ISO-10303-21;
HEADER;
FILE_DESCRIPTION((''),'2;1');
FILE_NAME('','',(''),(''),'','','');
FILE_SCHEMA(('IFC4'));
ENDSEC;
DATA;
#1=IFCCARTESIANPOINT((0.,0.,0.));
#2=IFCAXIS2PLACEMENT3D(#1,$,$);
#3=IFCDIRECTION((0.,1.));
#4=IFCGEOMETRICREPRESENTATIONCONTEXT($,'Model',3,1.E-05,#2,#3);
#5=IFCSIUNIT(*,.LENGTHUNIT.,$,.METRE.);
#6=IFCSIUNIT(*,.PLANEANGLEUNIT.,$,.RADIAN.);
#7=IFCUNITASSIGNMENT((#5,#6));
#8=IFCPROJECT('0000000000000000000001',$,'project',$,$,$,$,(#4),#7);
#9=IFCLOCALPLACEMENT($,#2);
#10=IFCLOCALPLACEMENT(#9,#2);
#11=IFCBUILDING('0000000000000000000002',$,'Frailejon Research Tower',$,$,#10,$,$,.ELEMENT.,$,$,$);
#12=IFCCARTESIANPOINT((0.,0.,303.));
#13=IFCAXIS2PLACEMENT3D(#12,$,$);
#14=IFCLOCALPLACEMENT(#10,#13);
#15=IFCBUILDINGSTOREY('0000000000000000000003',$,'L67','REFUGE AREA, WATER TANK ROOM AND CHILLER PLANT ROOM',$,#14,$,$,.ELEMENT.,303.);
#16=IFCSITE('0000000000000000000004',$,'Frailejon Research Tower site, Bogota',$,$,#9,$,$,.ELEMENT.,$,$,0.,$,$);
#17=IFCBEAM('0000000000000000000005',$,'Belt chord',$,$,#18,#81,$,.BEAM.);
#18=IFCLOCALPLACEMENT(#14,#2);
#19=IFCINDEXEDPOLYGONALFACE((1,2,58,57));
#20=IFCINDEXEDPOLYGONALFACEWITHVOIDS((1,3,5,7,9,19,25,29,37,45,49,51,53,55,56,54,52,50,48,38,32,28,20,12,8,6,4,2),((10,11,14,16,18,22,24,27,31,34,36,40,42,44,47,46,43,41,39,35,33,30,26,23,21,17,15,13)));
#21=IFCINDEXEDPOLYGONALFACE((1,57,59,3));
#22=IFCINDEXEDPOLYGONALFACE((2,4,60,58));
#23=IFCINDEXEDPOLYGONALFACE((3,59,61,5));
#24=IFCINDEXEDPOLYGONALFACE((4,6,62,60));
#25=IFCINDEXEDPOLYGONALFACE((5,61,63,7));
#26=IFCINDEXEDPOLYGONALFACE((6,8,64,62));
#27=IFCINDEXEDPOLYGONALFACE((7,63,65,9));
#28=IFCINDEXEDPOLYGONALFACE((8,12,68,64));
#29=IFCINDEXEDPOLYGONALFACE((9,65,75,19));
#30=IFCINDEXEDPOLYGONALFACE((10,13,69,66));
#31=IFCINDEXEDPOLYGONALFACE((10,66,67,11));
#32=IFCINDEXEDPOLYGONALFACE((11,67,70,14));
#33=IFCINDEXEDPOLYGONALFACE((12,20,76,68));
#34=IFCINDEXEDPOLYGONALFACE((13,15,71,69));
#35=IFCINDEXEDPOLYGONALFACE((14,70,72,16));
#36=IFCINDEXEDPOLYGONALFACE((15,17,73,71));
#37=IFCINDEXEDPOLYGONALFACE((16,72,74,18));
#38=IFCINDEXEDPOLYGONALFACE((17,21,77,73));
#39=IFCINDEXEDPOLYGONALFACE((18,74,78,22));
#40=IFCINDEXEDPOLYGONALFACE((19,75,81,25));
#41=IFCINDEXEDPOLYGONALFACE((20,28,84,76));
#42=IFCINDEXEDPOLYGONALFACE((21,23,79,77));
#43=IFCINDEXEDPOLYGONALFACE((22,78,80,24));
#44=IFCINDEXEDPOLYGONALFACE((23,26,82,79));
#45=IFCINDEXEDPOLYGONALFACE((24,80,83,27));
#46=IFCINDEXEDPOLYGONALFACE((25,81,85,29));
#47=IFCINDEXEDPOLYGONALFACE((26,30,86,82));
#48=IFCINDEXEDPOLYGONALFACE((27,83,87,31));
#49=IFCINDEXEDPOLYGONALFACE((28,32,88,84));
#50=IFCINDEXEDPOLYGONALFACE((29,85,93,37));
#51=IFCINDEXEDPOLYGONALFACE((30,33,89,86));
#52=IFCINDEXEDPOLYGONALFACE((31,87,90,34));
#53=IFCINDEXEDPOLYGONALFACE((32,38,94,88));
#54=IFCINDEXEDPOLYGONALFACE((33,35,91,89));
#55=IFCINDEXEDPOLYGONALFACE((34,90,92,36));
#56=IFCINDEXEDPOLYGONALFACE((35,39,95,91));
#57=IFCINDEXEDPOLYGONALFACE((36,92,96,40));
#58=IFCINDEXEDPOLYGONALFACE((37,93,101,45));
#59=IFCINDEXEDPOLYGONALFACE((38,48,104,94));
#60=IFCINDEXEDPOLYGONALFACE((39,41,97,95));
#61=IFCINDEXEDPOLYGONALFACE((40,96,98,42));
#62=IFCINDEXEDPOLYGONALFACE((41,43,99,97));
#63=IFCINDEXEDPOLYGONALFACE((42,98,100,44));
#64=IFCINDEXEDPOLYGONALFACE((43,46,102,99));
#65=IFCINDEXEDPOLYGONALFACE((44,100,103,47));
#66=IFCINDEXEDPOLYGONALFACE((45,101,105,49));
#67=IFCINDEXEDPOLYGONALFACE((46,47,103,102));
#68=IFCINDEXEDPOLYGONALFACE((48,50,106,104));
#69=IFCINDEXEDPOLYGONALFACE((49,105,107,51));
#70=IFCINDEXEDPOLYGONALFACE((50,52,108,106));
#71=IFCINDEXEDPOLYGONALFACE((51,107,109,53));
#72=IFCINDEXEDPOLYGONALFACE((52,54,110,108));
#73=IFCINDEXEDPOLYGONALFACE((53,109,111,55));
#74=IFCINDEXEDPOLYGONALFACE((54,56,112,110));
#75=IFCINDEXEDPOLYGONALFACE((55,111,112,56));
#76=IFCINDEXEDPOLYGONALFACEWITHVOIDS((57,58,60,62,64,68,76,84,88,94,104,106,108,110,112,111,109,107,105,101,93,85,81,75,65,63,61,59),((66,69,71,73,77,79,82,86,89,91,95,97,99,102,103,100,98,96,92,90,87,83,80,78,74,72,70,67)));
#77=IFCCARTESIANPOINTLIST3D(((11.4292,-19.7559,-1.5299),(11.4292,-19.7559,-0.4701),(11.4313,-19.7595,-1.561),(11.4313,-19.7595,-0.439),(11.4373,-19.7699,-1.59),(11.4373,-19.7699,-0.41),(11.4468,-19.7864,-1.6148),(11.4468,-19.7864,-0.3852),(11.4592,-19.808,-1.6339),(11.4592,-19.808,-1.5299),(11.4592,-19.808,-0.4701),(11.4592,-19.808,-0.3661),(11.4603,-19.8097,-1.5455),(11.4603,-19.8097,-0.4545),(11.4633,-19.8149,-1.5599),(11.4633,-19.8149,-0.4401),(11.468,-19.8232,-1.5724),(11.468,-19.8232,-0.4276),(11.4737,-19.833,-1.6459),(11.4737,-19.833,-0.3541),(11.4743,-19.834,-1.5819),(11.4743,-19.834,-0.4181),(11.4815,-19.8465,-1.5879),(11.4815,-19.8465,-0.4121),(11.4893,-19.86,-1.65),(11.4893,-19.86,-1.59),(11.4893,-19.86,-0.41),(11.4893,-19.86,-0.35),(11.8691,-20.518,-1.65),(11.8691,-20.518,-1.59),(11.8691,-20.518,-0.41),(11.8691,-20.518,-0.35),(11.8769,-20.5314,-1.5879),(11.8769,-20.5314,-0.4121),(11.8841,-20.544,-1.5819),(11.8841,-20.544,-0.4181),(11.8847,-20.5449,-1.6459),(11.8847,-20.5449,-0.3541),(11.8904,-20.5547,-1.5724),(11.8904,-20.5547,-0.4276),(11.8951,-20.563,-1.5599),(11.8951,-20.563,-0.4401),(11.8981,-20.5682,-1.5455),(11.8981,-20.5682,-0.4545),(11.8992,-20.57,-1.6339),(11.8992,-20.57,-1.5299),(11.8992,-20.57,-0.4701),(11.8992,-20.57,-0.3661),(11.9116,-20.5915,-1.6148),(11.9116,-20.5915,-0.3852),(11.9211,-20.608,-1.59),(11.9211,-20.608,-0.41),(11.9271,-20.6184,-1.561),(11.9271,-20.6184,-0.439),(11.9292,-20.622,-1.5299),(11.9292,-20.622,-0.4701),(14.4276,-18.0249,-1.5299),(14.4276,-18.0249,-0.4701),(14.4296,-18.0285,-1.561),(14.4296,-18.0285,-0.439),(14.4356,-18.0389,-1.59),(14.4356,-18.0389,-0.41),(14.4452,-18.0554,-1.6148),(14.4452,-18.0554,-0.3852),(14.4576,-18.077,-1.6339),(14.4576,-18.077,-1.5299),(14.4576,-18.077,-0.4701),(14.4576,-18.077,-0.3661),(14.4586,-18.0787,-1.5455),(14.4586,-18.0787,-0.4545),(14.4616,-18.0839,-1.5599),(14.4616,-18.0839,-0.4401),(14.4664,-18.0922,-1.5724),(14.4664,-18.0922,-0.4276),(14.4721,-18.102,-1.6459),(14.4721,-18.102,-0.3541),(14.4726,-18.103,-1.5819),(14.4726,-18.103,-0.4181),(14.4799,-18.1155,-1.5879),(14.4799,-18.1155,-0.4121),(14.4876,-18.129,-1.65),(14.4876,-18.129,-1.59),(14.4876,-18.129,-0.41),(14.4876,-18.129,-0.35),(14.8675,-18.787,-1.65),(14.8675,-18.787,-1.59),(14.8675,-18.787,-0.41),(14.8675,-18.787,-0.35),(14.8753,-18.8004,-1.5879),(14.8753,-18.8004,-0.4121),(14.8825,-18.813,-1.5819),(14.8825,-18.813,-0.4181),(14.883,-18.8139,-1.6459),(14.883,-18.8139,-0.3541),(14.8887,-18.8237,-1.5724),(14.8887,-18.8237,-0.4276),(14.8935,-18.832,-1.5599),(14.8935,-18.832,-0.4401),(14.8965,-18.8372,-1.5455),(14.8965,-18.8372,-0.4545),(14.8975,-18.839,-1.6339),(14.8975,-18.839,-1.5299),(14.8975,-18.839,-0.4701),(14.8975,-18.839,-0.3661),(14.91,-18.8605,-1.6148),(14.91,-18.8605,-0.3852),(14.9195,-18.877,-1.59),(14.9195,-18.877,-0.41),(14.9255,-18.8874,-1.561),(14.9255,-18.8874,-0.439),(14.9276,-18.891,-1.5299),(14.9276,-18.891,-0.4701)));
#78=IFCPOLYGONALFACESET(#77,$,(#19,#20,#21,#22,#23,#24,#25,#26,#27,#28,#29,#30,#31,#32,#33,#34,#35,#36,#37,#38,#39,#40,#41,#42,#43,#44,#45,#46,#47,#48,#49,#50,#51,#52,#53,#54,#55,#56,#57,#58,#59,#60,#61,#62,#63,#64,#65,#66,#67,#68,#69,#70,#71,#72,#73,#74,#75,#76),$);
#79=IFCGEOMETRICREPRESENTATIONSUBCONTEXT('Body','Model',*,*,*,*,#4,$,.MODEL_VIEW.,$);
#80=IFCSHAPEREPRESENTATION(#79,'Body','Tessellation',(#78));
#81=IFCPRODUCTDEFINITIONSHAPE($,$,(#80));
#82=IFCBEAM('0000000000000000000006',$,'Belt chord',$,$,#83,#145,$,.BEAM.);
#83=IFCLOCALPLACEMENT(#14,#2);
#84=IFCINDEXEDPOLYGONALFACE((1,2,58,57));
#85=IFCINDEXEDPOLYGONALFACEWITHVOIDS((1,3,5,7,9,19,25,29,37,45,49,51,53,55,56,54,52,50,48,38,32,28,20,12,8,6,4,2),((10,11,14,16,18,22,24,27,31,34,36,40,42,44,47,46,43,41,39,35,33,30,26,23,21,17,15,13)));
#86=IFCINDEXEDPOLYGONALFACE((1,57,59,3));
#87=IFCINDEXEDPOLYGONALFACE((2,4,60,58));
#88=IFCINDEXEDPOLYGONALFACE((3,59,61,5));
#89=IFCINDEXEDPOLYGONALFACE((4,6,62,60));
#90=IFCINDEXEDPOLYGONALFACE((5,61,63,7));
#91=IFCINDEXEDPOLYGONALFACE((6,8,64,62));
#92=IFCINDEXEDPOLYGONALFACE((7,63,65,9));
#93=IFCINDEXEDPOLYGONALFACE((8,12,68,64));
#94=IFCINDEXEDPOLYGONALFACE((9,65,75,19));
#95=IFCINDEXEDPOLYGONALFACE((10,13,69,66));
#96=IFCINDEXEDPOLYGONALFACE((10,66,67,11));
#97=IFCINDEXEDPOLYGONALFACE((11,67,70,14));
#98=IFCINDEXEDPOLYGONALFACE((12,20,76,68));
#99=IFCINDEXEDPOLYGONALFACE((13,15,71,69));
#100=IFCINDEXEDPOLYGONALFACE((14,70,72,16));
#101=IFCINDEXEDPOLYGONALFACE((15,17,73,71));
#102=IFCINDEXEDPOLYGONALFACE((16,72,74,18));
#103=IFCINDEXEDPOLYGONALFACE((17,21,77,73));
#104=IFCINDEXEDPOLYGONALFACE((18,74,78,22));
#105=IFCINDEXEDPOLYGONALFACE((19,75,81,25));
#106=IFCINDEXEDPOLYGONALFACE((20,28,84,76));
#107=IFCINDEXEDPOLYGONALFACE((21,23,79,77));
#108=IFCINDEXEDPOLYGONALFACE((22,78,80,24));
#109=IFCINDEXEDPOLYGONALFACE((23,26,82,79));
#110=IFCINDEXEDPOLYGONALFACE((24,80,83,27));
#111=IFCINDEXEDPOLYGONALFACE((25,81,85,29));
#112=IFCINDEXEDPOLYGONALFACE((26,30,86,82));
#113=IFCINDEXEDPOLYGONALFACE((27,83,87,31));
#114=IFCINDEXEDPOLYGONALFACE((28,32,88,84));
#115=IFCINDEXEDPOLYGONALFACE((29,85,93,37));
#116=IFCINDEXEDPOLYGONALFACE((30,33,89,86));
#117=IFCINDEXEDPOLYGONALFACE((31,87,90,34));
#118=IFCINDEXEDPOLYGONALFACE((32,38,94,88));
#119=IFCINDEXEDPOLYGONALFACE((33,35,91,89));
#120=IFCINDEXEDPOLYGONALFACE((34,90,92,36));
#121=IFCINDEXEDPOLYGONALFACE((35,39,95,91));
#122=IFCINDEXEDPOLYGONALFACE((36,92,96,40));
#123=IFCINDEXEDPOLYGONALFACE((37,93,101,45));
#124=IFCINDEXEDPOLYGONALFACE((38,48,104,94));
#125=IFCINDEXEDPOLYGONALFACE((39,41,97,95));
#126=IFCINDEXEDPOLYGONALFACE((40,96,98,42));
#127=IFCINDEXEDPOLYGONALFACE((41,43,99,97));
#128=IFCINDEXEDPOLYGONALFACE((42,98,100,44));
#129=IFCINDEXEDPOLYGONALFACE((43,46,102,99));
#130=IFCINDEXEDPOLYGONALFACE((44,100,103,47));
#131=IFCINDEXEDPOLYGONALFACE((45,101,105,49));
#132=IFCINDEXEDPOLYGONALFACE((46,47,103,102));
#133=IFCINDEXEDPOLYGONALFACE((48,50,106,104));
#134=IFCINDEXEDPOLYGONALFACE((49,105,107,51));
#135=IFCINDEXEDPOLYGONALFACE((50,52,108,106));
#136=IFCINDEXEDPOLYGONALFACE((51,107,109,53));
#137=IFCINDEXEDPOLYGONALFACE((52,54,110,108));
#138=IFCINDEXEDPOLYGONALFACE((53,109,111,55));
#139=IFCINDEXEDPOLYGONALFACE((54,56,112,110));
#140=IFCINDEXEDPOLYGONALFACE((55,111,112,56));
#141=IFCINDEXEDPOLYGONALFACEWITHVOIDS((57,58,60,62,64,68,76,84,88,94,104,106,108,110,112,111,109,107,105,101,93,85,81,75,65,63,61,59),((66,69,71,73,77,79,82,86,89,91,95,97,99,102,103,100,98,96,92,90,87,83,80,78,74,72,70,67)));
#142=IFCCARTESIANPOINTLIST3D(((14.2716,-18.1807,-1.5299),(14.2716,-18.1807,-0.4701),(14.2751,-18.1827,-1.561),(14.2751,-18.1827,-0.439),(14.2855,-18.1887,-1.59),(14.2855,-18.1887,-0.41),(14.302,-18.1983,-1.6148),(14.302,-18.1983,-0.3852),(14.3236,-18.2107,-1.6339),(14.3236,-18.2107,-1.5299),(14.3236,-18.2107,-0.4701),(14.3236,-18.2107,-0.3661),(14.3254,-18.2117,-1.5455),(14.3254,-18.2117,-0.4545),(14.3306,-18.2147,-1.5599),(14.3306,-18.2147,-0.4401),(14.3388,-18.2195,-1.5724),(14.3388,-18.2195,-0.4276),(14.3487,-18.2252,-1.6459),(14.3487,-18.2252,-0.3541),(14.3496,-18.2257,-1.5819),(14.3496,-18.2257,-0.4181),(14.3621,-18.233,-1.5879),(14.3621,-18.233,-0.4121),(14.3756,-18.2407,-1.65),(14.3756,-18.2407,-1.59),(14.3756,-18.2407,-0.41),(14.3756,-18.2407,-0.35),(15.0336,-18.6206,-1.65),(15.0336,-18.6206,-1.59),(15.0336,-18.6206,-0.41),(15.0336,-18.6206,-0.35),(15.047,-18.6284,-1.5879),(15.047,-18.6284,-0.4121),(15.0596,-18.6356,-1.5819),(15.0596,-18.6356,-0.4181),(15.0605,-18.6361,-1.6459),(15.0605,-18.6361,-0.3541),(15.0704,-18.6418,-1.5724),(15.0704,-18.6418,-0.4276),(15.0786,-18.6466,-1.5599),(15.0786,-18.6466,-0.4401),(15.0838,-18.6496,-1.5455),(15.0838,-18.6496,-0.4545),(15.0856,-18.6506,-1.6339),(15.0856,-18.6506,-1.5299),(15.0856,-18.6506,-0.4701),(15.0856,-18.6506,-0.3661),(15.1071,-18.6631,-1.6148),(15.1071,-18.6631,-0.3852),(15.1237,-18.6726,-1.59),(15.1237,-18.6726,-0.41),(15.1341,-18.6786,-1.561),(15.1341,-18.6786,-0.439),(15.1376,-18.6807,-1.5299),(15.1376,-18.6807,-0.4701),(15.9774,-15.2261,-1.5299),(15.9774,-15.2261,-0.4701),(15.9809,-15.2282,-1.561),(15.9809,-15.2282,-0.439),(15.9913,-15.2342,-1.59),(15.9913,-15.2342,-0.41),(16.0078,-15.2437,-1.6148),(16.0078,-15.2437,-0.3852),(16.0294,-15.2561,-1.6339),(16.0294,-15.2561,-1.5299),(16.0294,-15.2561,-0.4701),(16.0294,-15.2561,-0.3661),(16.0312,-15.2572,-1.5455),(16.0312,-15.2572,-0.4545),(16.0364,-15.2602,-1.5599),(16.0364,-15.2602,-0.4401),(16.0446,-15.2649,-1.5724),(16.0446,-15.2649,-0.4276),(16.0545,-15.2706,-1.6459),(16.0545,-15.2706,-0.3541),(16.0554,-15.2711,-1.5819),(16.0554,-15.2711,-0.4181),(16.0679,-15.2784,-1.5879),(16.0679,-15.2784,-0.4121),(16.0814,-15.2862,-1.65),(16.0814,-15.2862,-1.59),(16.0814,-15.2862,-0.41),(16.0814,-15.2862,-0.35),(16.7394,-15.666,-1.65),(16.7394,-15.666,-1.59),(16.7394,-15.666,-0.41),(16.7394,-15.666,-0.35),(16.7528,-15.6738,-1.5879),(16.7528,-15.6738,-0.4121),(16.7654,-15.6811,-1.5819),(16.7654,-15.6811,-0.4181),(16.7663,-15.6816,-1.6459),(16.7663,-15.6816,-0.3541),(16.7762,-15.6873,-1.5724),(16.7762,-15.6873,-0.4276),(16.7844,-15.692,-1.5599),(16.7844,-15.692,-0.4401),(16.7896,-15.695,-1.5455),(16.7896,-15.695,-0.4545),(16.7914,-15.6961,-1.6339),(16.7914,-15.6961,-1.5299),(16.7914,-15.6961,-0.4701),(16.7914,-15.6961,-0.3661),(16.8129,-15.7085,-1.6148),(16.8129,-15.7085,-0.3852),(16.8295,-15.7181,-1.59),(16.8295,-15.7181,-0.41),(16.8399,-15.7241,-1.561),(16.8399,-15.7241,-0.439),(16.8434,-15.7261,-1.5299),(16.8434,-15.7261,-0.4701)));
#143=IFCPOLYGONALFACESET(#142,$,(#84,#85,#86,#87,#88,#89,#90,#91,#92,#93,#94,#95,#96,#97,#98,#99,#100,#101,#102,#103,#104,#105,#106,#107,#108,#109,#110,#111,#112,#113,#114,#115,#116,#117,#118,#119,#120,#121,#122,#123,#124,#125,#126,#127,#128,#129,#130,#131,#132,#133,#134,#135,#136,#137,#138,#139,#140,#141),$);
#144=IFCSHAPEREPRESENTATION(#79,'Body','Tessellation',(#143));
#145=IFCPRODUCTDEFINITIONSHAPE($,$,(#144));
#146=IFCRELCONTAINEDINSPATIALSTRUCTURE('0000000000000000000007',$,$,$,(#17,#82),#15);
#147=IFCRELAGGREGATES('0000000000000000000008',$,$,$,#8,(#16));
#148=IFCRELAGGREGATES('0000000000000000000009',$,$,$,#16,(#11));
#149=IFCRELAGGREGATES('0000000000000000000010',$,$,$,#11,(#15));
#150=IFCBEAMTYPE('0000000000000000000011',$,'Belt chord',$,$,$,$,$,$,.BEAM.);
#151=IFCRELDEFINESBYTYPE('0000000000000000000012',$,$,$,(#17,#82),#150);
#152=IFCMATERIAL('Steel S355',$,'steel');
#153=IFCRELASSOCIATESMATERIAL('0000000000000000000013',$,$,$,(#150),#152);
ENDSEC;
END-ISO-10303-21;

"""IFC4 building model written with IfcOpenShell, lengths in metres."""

from ifc_helpers import new_model, si_unit, direction, frame, origin, origin_2d, place, context, subcontext, project, spatial, hollow_rectangle, extrude, material, material_profile, profile_set, type_object, element, save


model = new_model("IFC4")

# Units and contexts
model_context = context("Model", 3, precision=1e-05, world=origin(), true_north=direction((0.0, 1.0)))
body_context = subcontext(model_context, "Body", "Model", "MODEL_VIEW")
ifc_project = project(units=[si_unit("LENGTHUNIT", "METRE"), si_unit("PLANEANGLEUNIT", "RADIAN")], contexts=[model_context])

# Site, building, storey
site_placement = place(None, origin())
site = spatial("IfcSite", under=ifc_project, at=site_placement, Name="Frailejon Research Tower site, Bogota", CompositionType="ELEMENT", RefElevation=0.0)
building_placement = place(site_placement, origin())
building = spatial("IfcBuilding", under=site, at=building_placement, Name="Frailejon Research Tower", CompositionType="ELEMENT")
storey_placement = place(building_placement, frame((0.0, 0.0, 303.0)))
storey = spatial("IfcBuildingStorey", under=building, at=storey_placement, Name="L67", Description="REFUGE AREA, WATER TANK ROOM AND CHILLER PLANT ROOM", CompositionType="ELEMENT", Elevation=303.0)

# Beams
ifc_material_1 = material(Name="Steel S355", Category="steel")
ifc_material_profile_1 = material_profile(ifc_material_1, hollow_rectangle(XDim=1.0, YDim=1.3, WallThickness=0.0601, InnerFilletRadius=0.0601, OuterFilletRadius=0.1201, at=origin_2d()), Name="Belt chord")
ifc_profile_set_1 = profile_set([ifc_material_profile_1], Name="Steel S355")
beam_type_1 = type_object("IfcBeamType", Name="Belt chord", PredefinedType="BEAM", material=ifc_profile_set_1)
beam_1_placement = place(storey_placement, frame((11.6792, -20.189, -1.0), z_axis=(0.866039, 0.499977, 0.0), x_axis=(-0.499977, 0.866039, 0.0)))
element("IfcBeam", 1, at=beam_1_placement, inside=storey, type_object=beam_type_1, Name="Belt chord", PredefinedType="BEAM", context=body_context, shape_type="SweptSolid", body=[
    extrude(hollow_rectangle(XDim=1.0, YDim=1.3, WallThickness=0.0601, InnerFilletRadius=0.0601, OuterFilletRadius=0.1201, at=origin_2d()), origin(), (0.0, 0.0, 1.0), 3.4622),
])
for number, where, z_axis, x_axis, name in (
    (2, (14.7046, -18.4307, -1.0), (0.499995, 0.866028, 0.0), (-0.866028, 0.499995, 0.0), "Belt chord"),
):
    element("IfcBeam", number, at=place(storey_placement, frame(where, z_axis=z_axis, x_axis=x_axis)), inside=storey, type_object=beam_type_1, Name=name, PredefinedType="BEAM", context=body_context, shape_type="SweptSolid", body=[
        extrude(hollow_rectangle(XDim=1.0, YDim=1.3, WallThickness=0.0601, InnerFilletRadius=0.0601, OuterFilletRadius=0.1201, at=origin_2d()), origin(), (0.0, 0.0, 1.0), 3.4116),
    ])

save(model, "model.ifc")
